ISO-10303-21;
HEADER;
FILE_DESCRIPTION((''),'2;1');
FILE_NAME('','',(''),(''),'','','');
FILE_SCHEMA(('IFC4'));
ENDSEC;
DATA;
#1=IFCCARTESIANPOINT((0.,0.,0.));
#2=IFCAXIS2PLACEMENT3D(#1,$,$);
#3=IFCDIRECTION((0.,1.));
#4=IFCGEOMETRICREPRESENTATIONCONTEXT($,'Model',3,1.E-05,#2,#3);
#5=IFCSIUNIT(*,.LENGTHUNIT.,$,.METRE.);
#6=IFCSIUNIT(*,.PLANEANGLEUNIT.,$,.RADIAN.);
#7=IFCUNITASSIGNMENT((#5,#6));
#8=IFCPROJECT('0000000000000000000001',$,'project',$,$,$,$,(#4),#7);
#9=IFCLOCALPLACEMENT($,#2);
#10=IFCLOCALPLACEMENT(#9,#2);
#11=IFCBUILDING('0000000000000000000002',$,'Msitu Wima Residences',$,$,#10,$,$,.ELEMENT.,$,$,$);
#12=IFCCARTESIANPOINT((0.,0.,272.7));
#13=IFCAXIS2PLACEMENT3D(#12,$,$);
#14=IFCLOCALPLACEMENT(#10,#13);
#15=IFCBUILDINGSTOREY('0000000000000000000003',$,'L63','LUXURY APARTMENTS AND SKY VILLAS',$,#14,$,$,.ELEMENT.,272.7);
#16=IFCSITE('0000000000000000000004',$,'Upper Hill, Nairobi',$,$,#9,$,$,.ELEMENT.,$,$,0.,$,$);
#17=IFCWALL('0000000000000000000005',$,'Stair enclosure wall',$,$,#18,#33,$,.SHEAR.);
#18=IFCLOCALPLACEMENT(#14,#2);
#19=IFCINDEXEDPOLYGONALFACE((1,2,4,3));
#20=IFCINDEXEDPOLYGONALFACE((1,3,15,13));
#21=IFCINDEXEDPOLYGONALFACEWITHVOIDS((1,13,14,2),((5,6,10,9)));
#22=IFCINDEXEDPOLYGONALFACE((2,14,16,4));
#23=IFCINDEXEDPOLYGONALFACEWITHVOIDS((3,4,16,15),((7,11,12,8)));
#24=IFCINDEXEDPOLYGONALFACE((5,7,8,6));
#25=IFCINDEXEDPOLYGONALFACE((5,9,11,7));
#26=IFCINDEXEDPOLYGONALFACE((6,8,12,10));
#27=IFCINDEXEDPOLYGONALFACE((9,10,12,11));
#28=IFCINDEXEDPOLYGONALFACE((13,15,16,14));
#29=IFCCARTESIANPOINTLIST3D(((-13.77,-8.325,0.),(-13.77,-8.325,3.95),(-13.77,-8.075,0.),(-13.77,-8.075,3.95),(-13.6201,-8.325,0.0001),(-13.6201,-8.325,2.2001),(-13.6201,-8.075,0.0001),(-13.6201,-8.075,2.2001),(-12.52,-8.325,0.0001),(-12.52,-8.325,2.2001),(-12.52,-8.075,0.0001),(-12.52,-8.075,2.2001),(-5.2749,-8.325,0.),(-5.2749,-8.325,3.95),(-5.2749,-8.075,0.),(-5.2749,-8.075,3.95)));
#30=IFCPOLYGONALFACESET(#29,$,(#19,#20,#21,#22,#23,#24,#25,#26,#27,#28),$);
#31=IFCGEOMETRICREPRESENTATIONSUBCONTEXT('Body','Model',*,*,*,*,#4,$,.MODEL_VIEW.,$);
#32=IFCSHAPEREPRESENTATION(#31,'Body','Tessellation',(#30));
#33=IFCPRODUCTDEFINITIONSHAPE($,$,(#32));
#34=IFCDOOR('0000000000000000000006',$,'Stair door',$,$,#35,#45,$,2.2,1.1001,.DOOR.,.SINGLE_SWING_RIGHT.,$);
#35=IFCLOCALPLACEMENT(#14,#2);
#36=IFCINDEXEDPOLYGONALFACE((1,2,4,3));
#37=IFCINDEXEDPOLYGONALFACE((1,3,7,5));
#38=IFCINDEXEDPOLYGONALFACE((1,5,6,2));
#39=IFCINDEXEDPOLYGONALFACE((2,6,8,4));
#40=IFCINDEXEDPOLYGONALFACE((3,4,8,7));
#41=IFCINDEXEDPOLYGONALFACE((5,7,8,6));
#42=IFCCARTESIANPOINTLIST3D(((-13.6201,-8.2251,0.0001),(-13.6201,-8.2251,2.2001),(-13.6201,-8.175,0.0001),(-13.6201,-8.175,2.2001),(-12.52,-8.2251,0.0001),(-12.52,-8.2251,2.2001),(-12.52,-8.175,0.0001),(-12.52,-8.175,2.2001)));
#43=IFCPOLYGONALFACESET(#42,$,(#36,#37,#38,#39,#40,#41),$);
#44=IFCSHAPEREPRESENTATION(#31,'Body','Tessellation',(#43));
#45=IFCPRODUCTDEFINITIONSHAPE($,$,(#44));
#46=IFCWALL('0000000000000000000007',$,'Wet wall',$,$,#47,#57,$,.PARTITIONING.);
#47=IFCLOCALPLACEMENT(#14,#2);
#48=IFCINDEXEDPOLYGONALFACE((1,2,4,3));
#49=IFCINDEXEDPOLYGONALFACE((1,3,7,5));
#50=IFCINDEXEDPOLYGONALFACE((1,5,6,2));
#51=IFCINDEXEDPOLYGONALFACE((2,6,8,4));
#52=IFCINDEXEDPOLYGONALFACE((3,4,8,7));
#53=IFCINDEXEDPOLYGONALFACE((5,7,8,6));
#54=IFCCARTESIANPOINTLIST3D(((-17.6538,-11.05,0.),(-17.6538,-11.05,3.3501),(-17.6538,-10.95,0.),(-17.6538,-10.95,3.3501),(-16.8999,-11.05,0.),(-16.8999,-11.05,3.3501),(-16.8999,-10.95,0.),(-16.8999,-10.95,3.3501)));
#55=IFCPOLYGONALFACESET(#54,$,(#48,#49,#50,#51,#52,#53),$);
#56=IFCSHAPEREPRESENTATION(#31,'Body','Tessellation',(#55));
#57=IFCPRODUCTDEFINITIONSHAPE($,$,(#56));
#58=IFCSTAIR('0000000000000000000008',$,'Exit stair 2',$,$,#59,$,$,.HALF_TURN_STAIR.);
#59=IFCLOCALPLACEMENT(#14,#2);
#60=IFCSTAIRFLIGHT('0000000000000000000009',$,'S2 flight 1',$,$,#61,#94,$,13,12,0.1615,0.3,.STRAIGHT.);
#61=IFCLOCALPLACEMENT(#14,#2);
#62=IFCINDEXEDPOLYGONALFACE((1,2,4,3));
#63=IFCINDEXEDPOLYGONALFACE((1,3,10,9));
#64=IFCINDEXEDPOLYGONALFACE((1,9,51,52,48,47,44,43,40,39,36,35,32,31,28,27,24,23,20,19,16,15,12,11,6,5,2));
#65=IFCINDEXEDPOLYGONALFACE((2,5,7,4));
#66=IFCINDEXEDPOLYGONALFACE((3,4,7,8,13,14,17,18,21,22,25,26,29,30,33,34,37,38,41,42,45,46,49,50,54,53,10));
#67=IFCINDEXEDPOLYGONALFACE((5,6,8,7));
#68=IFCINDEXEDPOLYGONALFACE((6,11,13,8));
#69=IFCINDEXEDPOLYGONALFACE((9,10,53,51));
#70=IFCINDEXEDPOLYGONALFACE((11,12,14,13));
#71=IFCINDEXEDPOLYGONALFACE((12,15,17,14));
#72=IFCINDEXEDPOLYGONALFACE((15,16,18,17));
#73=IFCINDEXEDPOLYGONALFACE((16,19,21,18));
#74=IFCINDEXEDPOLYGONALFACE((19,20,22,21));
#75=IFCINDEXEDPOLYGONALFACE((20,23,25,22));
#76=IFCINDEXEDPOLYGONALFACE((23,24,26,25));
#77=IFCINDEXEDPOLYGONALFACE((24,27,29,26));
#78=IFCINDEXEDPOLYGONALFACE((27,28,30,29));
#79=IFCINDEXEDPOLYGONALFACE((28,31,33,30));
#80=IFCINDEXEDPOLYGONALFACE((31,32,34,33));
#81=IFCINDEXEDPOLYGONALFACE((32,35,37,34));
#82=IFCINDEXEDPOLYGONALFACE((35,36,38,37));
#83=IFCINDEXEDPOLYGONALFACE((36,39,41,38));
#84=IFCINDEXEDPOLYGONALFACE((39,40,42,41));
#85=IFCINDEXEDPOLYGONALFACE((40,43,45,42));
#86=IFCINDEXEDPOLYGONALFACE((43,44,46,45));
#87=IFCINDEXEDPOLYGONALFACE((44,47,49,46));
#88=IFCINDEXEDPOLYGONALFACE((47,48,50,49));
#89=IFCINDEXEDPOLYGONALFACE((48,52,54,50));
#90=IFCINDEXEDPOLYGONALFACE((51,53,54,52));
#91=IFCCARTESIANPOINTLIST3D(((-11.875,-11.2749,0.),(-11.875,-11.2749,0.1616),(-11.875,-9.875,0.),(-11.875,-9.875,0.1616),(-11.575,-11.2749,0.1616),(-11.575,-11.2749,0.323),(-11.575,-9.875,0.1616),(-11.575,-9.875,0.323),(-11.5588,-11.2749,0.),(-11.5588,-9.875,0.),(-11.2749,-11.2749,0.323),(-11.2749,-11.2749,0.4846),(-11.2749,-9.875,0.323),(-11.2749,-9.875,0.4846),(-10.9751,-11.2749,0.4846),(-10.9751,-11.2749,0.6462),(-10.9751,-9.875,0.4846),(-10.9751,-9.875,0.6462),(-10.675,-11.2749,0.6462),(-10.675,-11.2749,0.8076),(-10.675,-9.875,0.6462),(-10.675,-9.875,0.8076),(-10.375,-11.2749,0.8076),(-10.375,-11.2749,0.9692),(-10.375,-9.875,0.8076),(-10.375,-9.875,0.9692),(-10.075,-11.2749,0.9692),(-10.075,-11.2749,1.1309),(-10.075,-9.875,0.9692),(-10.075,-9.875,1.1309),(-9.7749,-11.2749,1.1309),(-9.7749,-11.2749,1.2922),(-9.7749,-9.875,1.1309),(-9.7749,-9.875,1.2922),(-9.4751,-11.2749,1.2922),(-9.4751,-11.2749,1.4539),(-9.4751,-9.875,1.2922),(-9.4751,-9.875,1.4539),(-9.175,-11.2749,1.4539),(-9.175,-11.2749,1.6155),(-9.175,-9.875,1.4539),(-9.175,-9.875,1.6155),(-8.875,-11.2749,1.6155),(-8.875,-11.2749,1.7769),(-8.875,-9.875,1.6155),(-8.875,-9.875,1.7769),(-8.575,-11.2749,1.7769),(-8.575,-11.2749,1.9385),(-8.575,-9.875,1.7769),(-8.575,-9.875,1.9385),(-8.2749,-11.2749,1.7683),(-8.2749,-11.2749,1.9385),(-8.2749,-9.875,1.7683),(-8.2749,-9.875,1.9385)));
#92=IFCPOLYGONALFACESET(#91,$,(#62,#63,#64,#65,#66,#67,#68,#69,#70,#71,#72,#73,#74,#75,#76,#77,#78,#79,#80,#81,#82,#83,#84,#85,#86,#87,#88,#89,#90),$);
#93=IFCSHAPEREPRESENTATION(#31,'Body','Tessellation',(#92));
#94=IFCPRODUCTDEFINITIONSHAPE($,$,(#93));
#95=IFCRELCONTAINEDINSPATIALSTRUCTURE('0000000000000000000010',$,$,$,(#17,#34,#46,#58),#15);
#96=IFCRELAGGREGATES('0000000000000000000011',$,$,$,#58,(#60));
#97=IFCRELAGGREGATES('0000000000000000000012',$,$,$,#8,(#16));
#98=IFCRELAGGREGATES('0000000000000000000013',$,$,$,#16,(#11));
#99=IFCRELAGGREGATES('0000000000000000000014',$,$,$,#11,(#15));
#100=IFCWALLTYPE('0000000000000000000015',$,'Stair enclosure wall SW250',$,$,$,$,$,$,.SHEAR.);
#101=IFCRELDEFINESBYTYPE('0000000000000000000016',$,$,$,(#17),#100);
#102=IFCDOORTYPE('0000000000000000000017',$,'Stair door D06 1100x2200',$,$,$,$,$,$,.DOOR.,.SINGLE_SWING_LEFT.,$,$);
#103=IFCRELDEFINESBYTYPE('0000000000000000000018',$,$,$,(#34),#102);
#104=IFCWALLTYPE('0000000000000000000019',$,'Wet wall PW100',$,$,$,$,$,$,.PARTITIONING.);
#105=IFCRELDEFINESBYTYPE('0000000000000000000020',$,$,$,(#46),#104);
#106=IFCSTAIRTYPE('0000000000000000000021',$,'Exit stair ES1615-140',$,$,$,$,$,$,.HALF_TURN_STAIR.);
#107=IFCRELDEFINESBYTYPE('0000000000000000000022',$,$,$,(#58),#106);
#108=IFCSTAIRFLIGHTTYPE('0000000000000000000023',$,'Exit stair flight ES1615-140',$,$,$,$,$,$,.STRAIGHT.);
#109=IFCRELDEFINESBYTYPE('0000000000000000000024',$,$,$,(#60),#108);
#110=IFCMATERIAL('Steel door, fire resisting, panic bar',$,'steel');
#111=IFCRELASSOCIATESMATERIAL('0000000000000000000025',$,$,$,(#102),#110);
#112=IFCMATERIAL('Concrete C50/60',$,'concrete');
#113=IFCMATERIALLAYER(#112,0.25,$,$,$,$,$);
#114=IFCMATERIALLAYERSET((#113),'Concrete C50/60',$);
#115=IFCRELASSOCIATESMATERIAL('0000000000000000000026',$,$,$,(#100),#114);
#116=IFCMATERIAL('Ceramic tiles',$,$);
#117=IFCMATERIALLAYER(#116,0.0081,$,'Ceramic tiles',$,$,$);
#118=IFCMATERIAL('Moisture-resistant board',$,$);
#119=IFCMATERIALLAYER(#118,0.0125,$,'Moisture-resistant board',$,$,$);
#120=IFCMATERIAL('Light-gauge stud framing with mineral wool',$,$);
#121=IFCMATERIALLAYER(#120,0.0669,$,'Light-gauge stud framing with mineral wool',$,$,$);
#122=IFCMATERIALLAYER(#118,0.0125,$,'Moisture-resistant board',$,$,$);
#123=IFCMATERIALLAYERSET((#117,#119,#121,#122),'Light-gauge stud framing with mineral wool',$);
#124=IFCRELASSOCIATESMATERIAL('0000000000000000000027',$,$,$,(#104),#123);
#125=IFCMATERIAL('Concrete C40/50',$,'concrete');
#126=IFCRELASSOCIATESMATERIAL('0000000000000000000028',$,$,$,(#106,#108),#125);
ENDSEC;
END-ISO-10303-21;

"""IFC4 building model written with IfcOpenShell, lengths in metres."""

from ifc_helpers import new_model, si_unit, direction, frame, frame_2d, origin, place, context, subcontext, project, spatial, polyline, rectangle, outline, extrude, material, layer, layer_set, type_object, element, fill, aggregate, save


model = new_model("IFC4")

# Units and contexts
model_context = context("Model", 3, precision=1e-05, world=origin(), true_north=direction((0.0, 1.0)))
body_context = subcontext(model_context, "Body", "Model", "MODEL_VIEW")
ifc_project = project(units=[si_unit("LENGTHUNIT", "METRE"), si_unit("PLANEANGLEUNIT", "RADIAN")], contexts=[model_context])

# Site, building, storey
site_placement = place(None, origin())
site = spatial("IfcSite", under=ifc_project, at=site_placement, Name="Upper Hill, Nairobi", CompositionType="ELEMENT", RefElevation=0.0)
building_placement = place(site_placement, origin())
building = spatial("IfcBuilding", under=site, at=building_placement, Name="Msitu Wima Residences", CompositionType="ELEMENT")
storey_placement = place(building_placement, frame((0.0, 0.0, 272.7)))
storey = spatial("IfcBuildingStorey", under=building, at=storey_placement, Name="L63", Description="LUXURY APARTMENTS AND SKY VILLAS", CompositionType="ELEMENT", Elevation=272.7)

# Shared definitions
ifc_material_1 = material(Name="Concrete C50/60", Category="concrete")

# Shared definitions
ifc_material_2 = material(Name="Steel door, fire resisting, panic bar", Category="steel")
door_type_1 = type_object("IfcDoorType", Name="Stair door D06 1100x2200", OperationType="SINGLE_SWING_LEFT", PredefinedType="DOOR", material=ifc_material_2)

# Shared definitions
ifc_material_3 = material(Name="Light-gauge stud framing with mineral wool")

# Wall, opening, door
ifc_layer_1 = layer(ifc_material_1, 0.25)
ifc_layer_set_1 = layer_set([ifc_layer_1], Name="Concrete C50/60")
wall_type_1 = type_object("IfcWallType", Name="Stair enclosure wall SW250", PredefinedType="SHEAR", material=ifc_layer_set_1)
wall_1_placement = place(storey_placement, frame((-13.77, -8.2, 0.0), z_axis=(0.0, 0.0, 1.0), x_axis=(1.0, 0.0, 0.0)))
wall_1 = element("IfcWall", 1, at=wall_1_placement, inside=storey, type_object=wall_type_1, Name="Stair enclosure wall", PredefinedType="SHEAR", context=body_context, shape_type="SweptSolid", body=[
    extrude(rectangle(XDim=8.4951, YDim=0.25, at=frame_2d((4.2476, 0.0))), origin(), (0.0, 0.0, 1.0), 3.95),
])
opening_1_placement = place(wall_1_placement, frame((0.1499, 0.0, 0.0)))
opening_1 = element("IfcOpeningElement", 2, at=opening_1_placement, cuts=wall_1, PredefinedType="OPENING", context=body_context, shape_type="SweptSolid", body=[
    extrude(rectangle(XDim=1.1001, YDim=2.2, at=frame_2d((0.55, 1.1001))), frame((0.0, 0.135, 0.0), z_axis=(0.0, -1.0, 0.0), x_axis=(1.0, 0.0, 0.0)), (0.0, 0.0, 1.0), 0.27),
])
door_1_placement = place(opening_1_placement, origin())
door_1 = element("IfcDoor", 3, at=door_1_placement, inside=storey, type_object=door_type_1, Name="Stair door", OperationType="SINGLE_SWING_RIGHT", OverallHeight=2.2, OverallWidth=1.1001, PredefinedType="DOOR", context=body_context, shape_type="SweptSolid", body=[
    extrude(rectangle(XDim=1.1001, YDim=2.2, at=frame_2d((0.55, 1.1001))), frame((0.0, 0.0249, 0.0), z_axis=(0.0, -1.0, 0.0), x_axis=(1.0, 0.0, 0.0)), (0.0, 0.0, 1.0), 0.05),
])
fill(opening_1, door_1)

# Wall
ifc_material_4 = material(Name="Ceramic tiles")
ifc_layer_2 = layer(ifc_material_4, 0.0081, Name="Ceramic tiles")
ifc_material_5 = material(Name="Moisture-resistant board")
ifc_layer_3 = layer(ifc_material_5, 0.0125, Name="Moisture-resistant board")
ifc_layer_4 = layer(ifc_material_3, 0.0669, Name="Light-gauge stud framing with mineral wool")
ifc_layer_5 = layer(ifc_material_5, 0.0125, Name="Moisture-resistant board")
ifc_layer_set_2 = layer_set([ifc_layer_2, ifc_layer_3, ifc_layer_4, ifc_layer_5], Name="Light-gauge stud framing with mineral wool")
wall_type_2 = type_object("IfcWallType", Name="Wet wall PW100", PredefinedType="PARTITIONING", material=ifc_layer_set_2)
wall_2_placement = place(storey_placement, frame((-17.6538, -11.0, 0.0), z_axis=(0.0, 0.0, 1.0), x_axis=(1.0, 0.0, 0.0)))
element("IfcWall", 4, at=wall_2_placement, inside=storey, type_object=wall_type_2, Name="Wet wall", PredefinedType="PARTITIONING", context=body_context, shape_type="SweptSolid", body=[
    extrude(rectangle(XDim=0.7539, YDim=0.1001, at=frame_2d((0.377, 0.0))), origin(), (0.0, 0.0, 1.0), 3.3501),
])

# Stair, stair flight
ifc_material_6 = material(Name="Concrete C40/50", Category="concrete")
stair_type = type_object("IfcStairType", Name="Exit stair ES1615-140", PredefinedType="HALF_TURN_STAIR", material=ifc_material_6)
stair_placement = place(storey_placement, origin())
stair = element("IfcStair", 5, at=stair_placement, inside=storey, type_object=stair_type, Name="Exit stair 2", PredefinedType="HALF_TURN_STAIR")
stair_flight_type = type_object("IfcStairFlightType", Name="Exit stair flight ES1615-140", PredefinedType="STRAIGHT", material=ifc_material_6)
stair_flight_placement = place(storey_placement, frame((-11.875, -10.575, 0.0), z_axis=(0.0, 0.0, 1.0), x_axis=(1.0, 0.0, 0.0)))
stair_flight = element("IfcStairFlight", 6, at=stair_flight_placement, type_object=stair_flight_type, Name="S2 flight 1", NumberOfRisers=13, NumberOfTreads=12, PredefinedType="STRAIGHT", RiserHeight=0.1615, TreadLength=0.3, context=body_context, shape_type="SweptSolid", body=[
    extrude(outline(polyline([(0.0, 0.0), (0.0, 0.1616), (0.3, 0.1616), (0.3, 0.323), (0.6001, 0.323), (0.6001, 0.4846), (0.8999, 0.4846), (0.8999, 0.6462), (1.2, 0.6462), (1.2, 0.8076), (1.5, 0.8076), (1.5, 0.9692), (1.8, 0.9692), (1.8, 1.1309), (2.1001, 1.1309), (2.1001, 1.2922), (2.3999, 1.2922), (2.3999, 1.4539), (2.7, 1.4539), (2.7, 1.6155), (3.0, 1.6155), (3.0, 1.7769), (3.3, 1.7769), (3.3, 1.9385), (3.6001, 1.9385), (3.6001, 2.1001), (3.6001, 1.7683), (0.3162, 0.0), (0.0, 0.0)])), frame((0.0, 0.7, 0.0), z_axis=(0.0, -1.0, 0.0), x_axis=(1.0, 0.0, 0.0)), (0.0, 0.0, 1.0), 1.3999),
])
aggregate(stair, [stair_flight])

save(model, "model.ifc")
